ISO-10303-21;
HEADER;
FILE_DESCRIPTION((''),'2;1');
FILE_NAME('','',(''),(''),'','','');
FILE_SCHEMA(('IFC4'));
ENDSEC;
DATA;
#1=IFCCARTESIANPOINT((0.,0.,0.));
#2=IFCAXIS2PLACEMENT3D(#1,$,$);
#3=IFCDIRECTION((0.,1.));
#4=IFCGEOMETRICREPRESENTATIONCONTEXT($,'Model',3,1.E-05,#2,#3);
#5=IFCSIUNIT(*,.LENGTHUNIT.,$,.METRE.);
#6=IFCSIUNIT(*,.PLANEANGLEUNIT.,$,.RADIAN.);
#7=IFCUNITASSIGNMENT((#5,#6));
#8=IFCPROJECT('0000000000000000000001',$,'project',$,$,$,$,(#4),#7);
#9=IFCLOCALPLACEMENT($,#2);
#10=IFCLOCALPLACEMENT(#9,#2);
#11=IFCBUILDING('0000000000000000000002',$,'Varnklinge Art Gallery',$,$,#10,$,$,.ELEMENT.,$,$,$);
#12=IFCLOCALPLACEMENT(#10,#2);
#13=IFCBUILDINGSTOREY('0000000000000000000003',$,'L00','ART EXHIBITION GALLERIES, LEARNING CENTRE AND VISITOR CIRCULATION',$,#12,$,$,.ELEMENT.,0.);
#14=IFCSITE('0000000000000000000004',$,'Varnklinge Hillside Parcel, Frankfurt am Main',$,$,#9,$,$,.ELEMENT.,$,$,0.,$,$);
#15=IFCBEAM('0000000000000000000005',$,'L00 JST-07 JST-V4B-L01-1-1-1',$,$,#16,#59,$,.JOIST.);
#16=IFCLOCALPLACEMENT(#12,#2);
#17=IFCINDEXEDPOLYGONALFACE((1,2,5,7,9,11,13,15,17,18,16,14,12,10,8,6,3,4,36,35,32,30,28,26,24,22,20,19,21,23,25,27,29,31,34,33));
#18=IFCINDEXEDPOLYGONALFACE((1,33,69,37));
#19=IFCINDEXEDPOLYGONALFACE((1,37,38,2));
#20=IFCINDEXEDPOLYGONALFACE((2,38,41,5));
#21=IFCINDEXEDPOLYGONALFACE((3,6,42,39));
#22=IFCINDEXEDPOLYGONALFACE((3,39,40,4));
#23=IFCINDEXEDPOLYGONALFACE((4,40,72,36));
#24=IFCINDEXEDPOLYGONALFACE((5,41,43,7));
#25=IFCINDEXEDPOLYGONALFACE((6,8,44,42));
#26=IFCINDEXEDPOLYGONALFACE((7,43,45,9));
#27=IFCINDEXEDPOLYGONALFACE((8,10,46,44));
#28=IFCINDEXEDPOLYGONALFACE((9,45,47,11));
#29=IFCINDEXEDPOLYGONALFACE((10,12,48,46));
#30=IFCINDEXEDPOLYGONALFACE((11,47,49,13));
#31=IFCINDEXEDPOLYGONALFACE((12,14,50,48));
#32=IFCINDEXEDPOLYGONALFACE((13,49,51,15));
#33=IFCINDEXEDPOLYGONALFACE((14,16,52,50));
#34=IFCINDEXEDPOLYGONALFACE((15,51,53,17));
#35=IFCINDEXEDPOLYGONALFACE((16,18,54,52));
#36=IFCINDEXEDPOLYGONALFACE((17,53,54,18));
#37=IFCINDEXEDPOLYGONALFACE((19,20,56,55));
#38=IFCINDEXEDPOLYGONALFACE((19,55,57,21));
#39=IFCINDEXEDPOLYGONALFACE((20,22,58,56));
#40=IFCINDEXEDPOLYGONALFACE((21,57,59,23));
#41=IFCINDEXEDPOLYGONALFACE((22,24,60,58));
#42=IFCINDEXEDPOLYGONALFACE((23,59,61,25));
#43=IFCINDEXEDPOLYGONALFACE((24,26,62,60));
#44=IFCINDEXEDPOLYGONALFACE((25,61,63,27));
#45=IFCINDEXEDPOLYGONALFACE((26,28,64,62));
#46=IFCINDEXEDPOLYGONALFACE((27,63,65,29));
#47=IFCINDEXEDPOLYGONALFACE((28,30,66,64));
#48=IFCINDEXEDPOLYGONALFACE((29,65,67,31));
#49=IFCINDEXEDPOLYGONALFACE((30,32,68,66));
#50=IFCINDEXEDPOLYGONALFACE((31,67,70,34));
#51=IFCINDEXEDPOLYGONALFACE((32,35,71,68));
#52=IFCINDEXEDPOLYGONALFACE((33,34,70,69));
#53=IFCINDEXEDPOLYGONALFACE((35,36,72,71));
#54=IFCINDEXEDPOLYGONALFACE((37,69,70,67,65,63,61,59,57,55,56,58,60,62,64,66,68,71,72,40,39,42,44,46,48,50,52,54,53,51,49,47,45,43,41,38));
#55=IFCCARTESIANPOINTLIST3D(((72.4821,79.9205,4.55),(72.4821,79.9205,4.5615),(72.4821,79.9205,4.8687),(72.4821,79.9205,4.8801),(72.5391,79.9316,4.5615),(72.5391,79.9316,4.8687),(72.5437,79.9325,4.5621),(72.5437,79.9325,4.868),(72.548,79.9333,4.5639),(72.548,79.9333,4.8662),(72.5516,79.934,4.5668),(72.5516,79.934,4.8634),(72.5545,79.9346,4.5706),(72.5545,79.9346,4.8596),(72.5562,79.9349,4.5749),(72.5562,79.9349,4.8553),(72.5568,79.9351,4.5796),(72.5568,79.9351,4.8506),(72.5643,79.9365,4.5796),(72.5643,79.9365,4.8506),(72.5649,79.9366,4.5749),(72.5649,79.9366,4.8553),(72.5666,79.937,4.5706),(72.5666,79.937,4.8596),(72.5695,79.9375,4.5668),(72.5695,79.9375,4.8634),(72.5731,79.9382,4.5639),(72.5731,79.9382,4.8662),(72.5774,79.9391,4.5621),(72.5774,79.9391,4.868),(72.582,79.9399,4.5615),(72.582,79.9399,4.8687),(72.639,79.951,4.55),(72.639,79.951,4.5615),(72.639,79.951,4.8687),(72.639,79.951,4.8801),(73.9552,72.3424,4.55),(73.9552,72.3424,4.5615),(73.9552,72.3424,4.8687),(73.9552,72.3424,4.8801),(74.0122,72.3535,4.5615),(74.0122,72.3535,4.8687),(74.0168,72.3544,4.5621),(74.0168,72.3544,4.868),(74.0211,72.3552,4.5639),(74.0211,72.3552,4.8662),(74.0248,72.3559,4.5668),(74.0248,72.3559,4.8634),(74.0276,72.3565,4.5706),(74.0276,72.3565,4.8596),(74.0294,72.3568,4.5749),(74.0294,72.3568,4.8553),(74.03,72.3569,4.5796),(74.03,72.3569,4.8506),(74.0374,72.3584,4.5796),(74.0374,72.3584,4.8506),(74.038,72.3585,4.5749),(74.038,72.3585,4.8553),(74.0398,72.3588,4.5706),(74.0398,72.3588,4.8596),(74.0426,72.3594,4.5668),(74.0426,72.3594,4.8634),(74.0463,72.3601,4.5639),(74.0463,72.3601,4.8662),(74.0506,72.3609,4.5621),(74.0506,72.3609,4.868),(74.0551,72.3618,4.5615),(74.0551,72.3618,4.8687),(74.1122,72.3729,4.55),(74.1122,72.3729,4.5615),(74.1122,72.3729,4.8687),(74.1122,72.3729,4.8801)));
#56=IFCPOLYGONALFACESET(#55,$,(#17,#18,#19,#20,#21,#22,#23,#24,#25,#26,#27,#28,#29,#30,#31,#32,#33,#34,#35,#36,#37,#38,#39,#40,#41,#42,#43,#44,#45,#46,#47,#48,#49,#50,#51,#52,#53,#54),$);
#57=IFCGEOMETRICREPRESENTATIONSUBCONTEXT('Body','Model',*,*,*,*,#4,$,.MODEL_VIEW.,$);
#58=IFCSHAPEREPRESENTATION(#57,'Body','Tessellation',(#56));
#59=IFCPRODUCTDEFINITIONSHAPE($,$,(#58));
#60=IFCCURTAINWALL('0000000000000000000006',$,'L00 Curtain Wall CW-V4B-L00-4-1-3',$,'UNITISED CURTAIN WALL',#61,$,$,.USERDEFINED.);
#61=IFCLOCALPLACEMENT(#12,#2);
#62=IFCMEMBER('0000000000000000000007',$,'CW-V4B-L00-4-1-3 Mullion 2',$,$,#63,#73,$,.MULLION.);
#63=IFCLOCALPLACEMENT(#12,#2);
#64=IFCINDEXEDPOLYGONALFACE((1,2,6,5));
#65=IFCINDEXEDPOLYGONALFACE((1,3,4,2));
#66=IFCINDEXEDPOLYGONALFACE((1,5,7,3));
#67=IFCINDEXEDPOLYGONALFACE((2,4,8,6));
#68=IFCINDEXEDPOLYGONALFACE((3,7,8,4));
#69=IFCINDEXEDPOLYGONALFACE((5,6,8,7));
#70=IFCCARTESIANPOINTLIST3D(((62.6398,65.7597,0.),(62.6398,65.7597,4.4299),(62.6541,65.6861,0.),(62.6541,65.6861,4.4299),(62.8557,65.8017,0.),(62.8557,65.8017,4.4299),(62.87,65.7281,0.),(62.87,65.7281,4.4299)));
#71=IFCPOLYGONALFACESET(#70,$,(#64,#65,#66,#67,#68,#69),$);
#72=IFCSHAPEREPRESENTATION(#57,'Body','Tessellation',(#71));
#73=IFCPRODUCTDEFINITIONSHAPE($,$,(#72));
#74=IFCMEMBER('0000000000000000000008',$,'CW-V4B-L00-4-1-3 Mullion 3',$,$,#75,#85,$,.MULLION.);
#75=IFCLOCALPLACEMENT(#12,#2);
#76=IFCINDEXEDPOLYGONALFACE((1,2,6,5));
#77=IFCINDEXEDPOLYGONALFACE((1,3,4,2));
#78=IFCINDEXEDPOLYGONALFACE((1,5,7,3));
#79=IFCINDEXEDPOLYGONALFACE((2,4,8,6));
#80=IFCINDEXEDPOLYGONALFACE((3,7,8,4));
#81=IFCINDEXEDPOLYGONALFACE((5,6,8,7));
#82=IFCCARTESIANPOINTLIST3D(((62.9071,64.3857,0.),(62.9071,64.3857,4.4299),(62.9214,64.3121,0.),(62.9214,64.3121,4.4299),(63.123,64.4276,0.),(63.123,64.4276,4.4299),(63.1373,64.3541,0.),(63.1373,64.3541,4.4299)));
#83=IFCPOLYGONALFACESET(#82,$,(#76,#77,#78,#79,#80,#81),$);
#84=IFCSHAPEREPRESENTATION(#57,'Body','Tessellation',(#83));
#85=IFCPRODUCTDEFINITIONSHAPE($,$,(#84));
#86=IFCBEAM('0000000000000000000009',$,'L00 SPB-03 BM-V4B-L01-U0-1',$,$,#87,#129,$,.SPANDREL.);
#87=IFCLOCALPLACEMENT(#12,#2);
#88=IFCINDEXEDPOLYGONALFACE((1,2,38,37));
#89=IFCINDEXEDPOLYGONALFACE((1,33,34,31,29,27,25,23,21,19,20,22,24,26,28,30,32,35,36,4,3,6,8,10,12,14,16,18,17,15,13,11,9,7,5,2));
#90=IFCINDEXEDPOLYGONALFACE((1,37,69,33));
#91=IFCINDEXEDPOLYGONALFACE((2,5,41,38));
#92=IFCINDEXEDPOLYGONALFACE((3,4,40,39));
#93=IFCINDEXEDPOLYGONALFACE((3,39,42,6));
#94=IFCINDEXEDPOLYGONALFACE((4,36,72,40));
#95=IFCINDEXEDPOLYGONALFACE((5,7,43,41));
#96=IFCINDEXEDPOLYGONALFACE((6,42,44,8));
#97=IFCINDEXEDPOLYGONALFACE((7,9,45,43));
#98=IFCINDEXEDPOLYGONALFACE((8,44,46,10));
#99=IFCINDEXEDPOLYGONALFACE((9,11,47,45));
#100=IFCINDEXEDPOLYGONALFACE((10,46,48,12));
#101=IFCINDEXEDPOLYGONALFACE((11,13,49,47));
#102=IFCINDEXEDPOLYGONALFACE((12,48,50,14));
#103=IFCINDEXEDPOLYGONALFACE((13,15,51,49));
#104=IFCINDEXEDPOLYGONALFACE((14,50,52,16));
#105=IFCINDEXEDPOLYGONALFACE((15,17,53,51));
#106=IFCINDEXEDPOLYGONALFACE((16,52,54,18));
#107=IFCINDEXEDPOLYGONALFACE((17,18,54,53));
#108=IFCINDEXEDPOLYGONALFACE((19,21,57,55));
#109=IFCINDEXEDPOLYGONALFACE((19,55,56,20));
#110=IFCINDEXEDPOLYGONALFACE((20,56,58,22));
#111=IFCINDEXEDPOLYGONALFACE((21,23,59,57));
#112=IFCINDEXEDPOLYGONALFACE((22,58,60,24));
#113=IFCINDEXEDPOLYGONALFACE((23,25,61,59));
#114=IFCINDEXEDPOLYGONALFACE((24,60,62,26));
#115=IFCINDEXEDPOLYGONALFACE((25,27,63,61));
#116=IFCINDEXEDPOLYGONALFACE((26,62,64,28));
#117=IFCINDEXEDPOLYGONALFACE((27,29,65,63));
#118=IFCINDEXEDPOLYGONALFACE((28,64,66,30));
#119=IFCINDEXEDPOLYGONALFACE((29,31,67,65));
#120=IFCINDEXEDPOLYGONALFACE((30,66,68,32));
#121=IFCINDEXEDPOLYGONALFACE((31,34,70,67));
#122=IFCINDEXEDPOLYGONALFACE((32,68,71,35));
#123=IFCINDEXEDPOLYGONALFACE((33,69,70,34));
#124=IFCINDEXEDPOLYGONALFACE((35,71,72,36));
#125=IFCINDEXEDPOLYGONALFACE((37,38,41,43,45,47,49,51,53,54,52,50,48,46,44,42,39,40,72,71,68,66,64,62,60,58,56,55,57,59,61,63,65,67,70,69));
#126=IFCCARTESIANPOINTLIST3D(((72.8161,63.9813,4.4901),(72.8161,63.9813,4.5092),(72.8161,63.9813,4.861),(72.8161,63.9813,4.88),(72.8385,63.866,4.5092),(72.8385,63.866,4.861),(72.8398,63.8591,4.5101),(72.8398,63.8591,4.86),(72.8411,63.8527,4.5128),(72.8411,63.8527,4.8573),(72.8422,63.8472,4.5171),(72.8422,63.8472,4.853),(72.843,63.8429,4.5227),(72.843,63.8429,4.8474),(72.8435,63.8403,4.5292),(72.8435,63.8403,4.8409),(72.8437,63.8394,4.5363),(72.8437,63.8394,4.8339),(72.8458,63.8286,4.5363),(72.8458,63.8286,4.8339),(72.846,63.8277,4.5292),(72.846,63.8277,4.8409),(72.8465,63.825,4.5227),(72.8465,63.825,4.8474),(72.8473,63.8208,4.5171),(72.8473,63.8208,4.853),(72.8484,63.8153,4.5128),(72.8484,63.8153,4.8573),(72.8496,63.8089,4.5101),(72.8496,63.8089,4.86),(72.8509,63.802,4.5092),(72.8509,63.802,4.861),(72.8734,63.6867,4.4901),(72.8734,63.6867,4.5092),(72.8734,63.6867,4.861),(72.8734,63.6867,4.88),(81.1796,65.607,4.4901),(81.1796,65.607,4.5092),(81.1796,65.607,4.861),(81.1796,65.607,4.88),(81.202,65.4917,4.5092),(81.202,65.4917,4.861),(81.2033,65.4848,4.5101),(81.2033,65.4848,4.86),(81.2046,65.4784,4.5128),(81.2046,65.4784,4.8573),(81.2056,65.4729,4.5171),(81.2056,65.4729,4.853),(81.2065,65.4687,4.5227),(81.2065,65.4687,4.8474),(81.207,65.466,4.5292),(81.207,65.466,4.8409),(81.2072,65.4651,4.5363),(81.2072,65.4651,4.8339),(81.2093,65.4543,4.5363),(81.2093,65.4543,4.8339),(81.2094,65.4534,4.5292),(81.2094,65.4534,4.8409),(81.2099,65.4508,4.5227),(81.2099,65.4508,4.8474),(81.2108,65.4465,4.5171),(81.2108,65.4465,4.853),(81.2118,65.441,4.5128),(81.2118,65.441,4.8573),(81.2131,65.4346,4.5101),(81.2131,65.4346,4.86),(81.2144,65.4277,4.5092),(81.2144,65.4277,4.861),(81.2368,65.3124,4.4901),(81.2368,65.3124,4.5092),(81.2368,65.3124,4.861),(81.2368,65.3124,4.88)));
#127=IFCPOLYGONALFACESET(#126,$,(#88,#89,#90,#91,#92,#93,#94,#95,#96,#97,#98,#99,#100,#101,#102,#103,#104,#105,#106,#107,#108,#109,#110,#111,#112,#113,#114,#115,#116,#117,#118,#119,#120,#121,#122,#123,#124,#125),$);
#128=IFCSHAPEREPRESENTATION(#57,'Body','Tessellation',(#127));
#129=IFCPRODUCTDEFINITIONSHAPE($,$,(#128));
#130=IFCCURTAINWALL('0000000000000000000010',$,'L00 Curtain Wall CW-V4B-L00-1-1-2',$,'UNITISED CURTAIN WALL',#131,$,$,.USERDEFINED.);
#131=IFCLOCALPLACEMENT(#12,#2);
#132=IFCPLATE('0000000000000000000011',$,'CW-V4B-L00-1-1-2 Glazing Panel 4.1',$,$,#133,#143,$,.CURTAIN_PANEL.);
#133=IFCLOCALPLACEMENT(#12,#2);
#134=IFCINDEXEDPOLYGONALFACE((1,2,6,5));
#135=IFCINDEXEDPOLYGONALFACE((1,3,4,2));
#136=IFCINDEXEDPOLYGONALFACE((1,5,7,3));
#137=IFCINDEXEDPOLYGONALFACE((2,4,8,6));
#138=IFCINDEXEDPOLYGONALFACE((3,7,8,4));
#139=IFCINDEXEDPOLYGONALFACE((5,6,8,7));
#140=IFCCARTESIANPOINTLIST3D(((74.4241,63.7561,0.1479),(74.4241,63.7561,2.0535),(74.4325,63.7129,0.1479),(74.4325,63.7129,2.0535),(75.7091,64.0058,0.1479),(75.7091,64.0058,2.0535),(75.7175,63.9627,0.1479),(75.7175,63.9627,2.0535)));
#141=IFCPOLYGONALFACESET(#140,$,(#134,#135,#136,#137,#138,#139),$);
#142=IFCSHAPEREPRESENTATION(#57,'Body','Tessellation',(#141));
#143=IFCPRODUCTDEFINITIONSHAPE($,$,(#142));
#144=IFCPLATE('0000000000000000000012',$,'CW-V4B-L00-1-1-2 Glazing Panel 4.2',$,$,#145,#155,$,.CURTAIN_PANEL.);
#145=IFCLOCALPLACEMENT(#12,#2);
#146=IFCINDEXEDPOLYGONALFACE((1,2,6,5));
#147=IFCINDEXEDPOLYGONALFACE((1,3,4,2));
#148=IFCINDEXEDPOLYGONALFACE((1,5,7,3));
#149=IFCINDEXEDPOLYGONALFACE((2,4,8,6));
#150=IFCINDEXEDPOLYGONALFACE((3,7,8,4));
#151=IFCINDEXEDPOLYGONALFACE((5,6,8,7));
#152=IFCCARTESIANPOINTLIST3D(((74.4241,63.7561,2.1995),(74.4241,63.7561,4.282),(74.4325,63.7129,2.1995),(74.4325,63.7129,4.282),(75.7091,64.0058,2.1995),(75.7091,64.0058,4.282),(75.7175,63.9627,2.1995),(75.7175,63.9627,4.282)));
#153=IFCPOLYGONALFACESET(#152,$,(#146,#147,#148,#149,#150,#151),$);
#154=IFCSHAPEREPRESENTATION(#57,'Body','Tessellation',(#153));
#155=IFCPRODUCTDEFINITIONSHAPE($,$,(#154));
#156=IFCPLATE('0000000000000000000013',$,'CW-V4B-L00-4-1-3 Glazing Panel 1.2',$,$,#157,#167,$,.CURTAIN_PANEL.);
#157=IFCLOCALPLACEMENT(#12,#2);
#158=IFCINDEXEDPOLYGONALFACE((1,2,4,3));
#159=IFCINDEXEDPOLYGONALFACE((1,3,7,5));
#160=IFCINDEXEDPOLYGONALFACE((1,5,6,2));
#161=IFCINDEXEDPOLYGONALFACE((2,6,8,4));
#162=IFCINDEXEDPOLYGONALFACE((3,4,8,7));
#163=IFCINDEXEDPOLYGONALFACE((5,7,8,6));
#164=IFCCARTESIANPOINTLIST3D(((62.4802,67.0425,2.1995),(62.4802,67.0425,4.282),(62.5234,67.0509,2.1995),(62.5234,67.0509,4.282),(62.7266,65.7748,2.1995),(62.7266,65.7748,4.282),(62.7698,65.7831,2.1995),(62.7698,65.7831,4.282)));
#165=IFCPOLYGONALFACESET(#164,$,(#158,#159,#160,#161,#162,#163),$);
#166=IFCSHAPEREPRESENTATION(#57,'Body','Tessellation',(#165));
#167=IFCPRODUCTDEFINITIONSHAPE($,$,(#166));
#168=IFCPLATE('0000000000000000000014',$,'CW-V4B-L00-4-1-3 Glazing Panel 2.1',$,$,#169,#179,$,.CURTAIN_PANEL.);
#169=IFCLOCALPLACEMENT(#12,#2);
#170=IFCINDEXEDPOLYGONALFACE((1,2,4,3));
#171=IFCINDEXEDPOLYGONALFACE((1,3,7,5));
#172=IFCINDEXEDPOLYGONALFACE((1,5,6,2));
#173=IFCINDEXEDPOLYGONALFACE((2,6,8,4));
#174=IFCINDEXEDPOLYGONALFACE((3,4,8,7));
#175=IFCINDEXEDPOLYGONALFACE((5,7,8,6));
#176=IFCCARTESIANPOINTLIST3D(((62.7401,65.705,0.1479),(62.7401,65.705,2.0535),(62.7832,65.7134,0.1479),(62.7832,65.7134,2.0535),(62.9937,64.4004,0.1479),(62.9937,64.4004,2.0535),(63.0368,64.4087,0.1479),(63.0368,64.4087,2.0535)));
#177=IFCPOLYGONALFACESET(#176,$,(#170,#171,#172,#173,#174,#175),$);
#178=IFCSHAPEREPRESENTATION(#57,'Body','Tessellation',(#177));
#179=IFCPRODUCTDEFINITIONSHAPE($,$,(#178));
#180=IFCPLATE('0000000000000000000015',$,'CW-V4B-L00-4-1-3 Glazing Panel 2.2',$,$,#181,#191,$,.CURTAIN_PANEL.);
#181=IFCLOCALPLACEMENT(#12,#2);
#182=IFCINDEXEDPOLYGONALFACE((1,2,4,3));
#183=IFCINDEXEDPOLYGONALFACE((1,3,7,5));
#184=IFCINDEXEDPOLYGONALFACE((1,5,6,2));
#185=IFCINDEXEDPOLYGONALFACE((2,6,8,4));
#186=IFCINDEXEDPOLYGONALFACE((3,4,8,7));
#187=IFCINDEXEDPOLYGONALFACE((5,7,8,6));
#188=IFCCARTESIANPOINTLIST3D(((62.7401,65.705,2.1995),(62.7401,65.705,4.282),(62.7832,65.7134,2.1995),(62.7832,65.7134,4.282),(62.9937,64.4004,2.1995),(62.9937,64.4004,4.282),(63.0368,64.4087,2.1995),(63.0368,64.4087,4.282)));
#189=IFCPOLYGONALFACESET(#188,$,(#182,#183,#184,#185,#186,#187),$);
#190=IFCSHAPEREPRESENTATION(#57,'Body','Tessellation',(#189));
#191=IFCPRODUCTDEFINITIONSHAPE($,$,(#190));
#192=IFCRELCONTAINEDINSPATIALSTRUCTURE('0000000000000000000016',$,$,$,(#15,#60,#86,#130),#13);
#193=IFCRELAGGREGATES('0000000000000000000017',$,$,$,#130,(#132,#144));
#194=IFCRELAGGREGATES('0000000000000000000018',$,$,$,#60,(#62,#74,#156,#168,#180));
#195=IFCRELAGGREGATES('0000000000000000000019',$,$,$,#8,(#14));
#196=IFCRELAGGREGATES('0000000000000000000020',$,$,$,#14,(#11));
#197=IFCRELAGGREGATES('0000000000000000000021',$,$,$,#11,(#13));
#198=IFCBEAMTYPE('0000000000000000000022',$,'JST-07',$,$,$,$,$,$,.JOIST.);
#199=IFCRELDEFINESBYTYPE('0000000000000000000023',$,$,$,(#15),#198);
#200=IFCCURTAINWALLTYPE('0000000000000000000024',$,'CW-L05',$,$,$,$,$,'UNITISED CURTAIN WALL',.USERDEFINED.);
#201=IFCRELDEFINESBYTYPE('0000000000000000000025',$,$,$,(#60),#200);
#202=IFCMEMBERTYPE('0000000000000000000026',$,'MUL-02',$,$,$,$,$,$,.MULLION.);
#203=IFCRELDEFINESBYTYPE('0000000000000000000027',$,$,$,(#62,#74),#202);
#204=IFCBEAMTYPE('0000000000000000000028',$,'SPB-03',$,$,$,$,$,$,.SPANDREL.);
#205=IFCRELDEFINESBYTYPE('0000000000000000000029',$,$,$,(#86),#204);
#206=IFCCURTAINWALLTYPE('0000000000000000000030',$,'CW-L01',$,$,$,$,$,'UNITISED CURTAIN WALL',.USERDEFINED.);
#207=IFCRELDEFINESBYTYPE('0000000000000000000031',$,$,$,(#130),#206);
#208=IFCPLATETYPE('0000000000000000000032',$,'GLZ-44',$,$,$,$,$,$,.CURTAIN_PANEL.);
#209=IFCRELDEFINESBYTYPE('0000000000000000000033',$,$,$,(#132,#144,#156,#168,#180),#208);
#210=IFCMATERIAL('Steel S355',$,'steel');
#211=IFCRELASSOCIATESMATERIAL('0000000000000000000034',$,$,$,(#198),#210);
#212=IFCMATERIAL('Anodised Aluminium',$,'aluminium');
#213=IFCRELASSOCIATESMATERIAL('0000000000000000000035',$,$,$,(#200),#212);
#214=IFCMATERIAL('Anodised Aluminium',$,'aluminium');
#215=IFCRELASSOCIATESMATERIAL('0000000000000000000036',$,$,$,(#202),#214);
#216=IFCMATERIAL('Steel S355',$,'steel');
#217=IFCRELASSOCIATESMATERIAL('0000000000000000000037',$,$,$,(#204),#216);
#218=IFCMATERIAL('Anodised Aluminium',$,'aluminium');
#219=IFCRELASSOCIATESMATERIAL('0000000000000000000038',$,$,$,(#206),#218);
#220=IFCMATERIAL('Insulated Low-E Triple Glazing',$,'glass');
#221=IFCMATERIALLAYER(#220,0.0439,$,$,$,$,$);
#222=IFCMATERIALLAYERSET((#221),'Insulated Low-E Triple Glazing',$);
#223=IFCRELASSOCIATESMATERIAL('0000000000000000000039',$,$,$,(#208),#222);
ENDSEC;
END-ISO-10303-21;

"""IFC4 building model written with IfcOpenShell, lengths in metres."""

from ifc_helpers import new_model, si_unit, direction, frame, origin, origin_2d, place, context, subcontext, project, spatial, rectangle, i_section, extrude, material, layer, layer_set, material_profile, profile_set, type_object, element, aggregate, save


model = new_model("IFC4")

# Units and contexts
model_context = context("Model", 3, precision=1e-05, world=origin(), true_north=direction((0.0, 1.0)))
body_context = subcontext(model_context, "Body", "Model", "MODEL_VIEW")
ifc_project = project(units=[si_unit("LENGTHUNIT", "METRE"), si_unit("PLANEANGLEUNIT", "RADIAN")], contexts=[model_context])

# Site, building, storey
site_placement = place(None, origin())
site = spatial("IfcSite", under=ifc_project, at=site_placement, Name="Varnklinge Hillside Parcel, Frankfurt am Main", CompositionType="ELEMENT", RefElevation=0.0)
building_placement = place(site_placement, origin())
building = spatial("IfcBuilding", under=site, at=building_placement, Name="Varnklinge Art Gallery", CompositionType="ELEMENT")
storey_placement = place(building_placement, origin())
storey = spatial("IfcBuildingStorey", under=building, at=storey_placement, Name="L00", Description="ART EXHIBITION GALLERIES, LEARNING CENTRE AND VISITOR CIRCULATION", CompositionType="ELEMENT", Elevation=0.0)

# Beam
ifc_material_1 = material(Name="Steel S355", Category="steel")
ifc_material_profile_1 = material_profile(ifc_material_1, i_section(OverallWidth=0.1599, OverallDepth=0.3301, WebThickness=0.0076, FlangeThickness=0.0115, FilletRadius=0.0181, at=origin_2d()), Name="IPE 330")
ifc_profile_set_1 = profile_set([ifc_material_profile_1], Name="Steel S355")
beam_type_1 = type_object("IfcBeamType", Name="JST-07", PredefinedType="JOIST", material=ifc_profile_set_1)
beam_1_placement = place(storey_placement, frame((74.0337, 72.3577, 4.7151), z_axis=(-0.190822, 0.981625, 0.0), x_axis=(-0.981625, -0.190822, 0.0)))
element("IfcBeam", 1, at=beam_1_placement, inside=storey, type_object=beam_type_1, Name="L00 JST-07 JST-V4B-L01-1-1-1", PredefinedType="JOIST", context=body_context, shape_type="SweptSolid", body=[
    extrude(i_section(OverallWidth=0.1599, OverallDepth=0.3301, WebThickness=0.0076, FlangeThickness=0.0115, FilletRadius=0.0181, at=origin_2d()), origin(), (0.0, 0.0, 1.0), 7.72),
])

# Curtain wall, members
ifc_material_2 = material(Name="Anodised Aluminium", Category="aluminium")
curtain_wall_type_1 = type_object("IfcCurtainWallType", Name="CW-L05", ElementType="UNITISED CURTAIN WALL", PredefinedType="USERDEFINED", material=ifc_material_2)
curtain_wall_1_placement = place(storey_placement, origin())
curtain_wall_1 = element("IfcCurtainWall", 2, at=curtain_wall_1_placement, inside=storey, type_object=curtain_wall_type_1, Name="L00 Curtain Wall CW-V4B-L00-4-1-3", ObjectType="UNITISED CURTAIN WALL", PredefinedType="USERDEFINED")
ifc_material_3 = material(Name="Anodised Aluminium", Category="aluminium")
ifc_material_profile_2 = material_profile(ifc_material_3, rectangle(XDim=0.075, YDim=0.22, at=origin_2d()), Name="ALU 75x220")
ifc_profile_set_2 = profile_set([ifc_material_profile_2], Name="Anodised Aluminium")
member_type = type_object("IfcMemberType", Name="MUL-02", PredefinedType="MULLION", material=ifc_profile_set_2)
member_1_placement = place(storey_placement, frame((62.7549, 65.7439, 0.0), z_axis=(0.0, 0.0, 1.0), x_axis=(0.190809, -0.981627, 0.0)))
member_1 = element("IfcMember", 3, at=member_1_placement, type_object=member_type, Name="CW-V4B-L00-4-1-3 Mullion 2", PredefinedType="MULLION", context=body_context, shape_type="SweptSolid", body=[
    extrude(rectangle(XDim=0.075, YDim=0.22, at=origin_2d()), origin(), (0.0, 0.0, 1.0), 4.4299),
])
member_2_placement = place(storey_placement, frame((63.0222, 64.3699, 0.0), z_axis=(0.0, 0.0, 1.0), x_axis=(0.190809, -0.981627, 0.0)))
member_2 = element("IfcMember", 4, at=member_2_placement, type_object=member_type, Name="CW-V4B-L00-4-1-3 Mullion 3", PredefinedType="MULLION", context=body_context, shape_type="SweptSolid", body=[
    extrude(rectangle(XDim=0.075, YDim=0.22, at=origin_2d()), origin(), (0.0, 0.0, 1.0), 4.4299),
])

# Beam
ifc_material_4 = material(Name="Steel S355", Category="steel")
ifc_material_profile_3 = material_profile(ifc_material_4, i_section(OverallWidth=0.3, OverallDepth=0.3899, WebThickness=0.011, FlangeThickness=0.019, FilletRadius=0.0271, at=origin_2d()), Name="HEA 400")
ifc_profile_set_3 = profile_set([ifc_material_profile_3], Name="Steel S355")
beam_type_2 = type_object("IfcBeamType", Name="SPB-03", PredefinedType="SPANDREL", material=ifc_profile_set_3)
beam_2_placement = place(storey_placement, frame((72.8447, 63.834, 4.6851), z_axis=(0.981627, 0.190812, 0.0), x_axis=(-0.190812, 0.981627, 0.0)))
element("IfcBeam", 5, at=beam_2_placement, inside=storey, type_object=beam_type_2, Name="L00 SPB-03 BM-V4B-L01-U0-1", PredefinedType="SPANDREL", context=body_context, shape_type="SweptSolid", body=[
    extrude(i_section(OverallWidth=0.3, OverallDepth=0.3899, WebThickness=0.011, FlangeThickness=0.019, FilletRadius=0.0271, at=origin_2d()), origin(), (0.0, 0.0, 1.0), 8.52),
])

# Curtain wall, plates
ifc_material_5 = material(Name="Anodised Aluminium", Category="aluminium")
curtain_wall_type_2 = type_object("IfcCurtainWallType", Name="CW-L01", ElementType="UNITISED CURTAIN WALL", PredefinedType="USERDEFINED", material=ifc_material_5)
curtain_wall_2_placement = place(storey_placement, origin())
curtain_wall_2 = element("IfcCurtainWall", 6, at=curtain_wall_2_placement, inside=storey, type_object=curtain_wall_type_2, Name="L00 Curtain Wall CW-V4B-L00-1-1-2", ObjectType="UNITISED CURTAIN WALL", PredefinedType="USERDEFINED")
ifc_material_6 = material(Name="Insulated Low-E Triple Glazing", Category="glass")
ifc_layer_1 = layer(ifc_material_6, 0.0439)
ifc_layer_set_1 = layer_set([ifc_layer_1], Name="Insulated Low-E Triple Glazing")
plate_type = type_object("IfcPlateType", Name="GLZ-44", PredefinedType="CURTAIN_PANEL", material=ifc_layer_set_1)
plate_1_placement = place(storey_placement, frame((75.0708, 63.8594, 0.1479), z_axis=(0.0, 0.0, 1.0), x_axis=(0.981627, 0.190809, 0.0)))
plate_1 = element("IfcPlate", 7, at=plate_1_placement, type_object=plate_type, Name="CW-V4B-L00-1-1-2 Glazing Panel 4.1", PredefinedType="CURTAIN_PANEL", context=body_context, shape_type="SweptSolid", body=[
    extrude(rectangle(XDim=1.3091, YDim=0.0439, at=origin_2d()), origin(), (0.0, 0.0, 1.0), 1.9055),
])
plate_2_placement = place(storey_placement, frame((75.0708, 63.8594, 2.1995), z_axis=(0.0, 0.0, 1.0), x_axis=(0.981627, 0.190809, 0.0)))
plate_2 = element("IfcPlate", 8, at=plate_2_placement, type_object=plate_type, Name="CW-V4B-L00-1-1-2 Glazing Panel 4.2", PredefinedType="CURTAIN_PANEL", context=body_context, shape_type="SweptSolid", body=[
    extrude(rectangle(XDim=1.3091, YDim=0.0439, at=origin_2d()), origin(), (0.0, 0.0, 1.0), 2.0825),
])
aggregate(curtain_wall_2, [plate_1, plate_2])

# Plates
plate_3_placement = place(storey_placement, frame((62.625, 66.4128, 2.1995), z_axis=(0.0, 0.0, 1.0), x_axis=(0.190809, -0.981627, 0.0)))
plate_3 = element("IfcPlate", 9, at=plate_3_placement, type_object=plate_type, Name="CW-V4B-L00-4-1-3 Glazing Panel 1.2", PredefinedType="CURTAIN_PANEL", context=body_context, shape_type="SweptSolid", body=[
    extrude(rectangle(XDim=1.2915, YDim=0.0439, at=origin_2d()), origin(), (0.0, 0.0, 1.0), 2.0825),
])
plate_4_placement = place(storey_placement, frame((62.8884, 65.0569, 0.1479), z_axis=(0.0, 0.0, 1.0), x_axis=(0.190809, -0.981627, 0.0)))
plate_4 = element("IfcPlate", 10, at=plate_4_placement, type_object=plate_type, Name="CW-V4B-L00-4-1-3 Glazing Panel 2.1", PredefinedType="CURTAIN_PANEL", context=body_context, shape_type="SweptSolid", body=[
    extrude(rectangle(XDim=1.3291, YDim=0.0439, at=origin_2d()), origin(), (0.0, 0.0, 1.0), 1.9055),
])
plate_5_placement = place(storey_placement, frame((62.8884, 65.0569, 2.1995), z_axis=(0.0, 0.0, 1.0), x_axis=(0.190809, -0.981627, 0.0)))
plate_5 = element("IfcPlate", 11, at=plate_5_placement, type_object=plate_type, Name="CW-V4B-L00-4-1-3 Glazing Panel 2.2", PredefinedType="CURTAIN_PANEL", context=body_context, shape_type="SweptSolid", body=[
    extrude(rectangle(XDim=1.3291, YDim=0.0439, at=origin_2d()), origin(), (0.0, 0.0, 1.0), 2.0825),
])
aggregate(curtain_wall_1, [member_1, member_2, plate_3, plate_4, plate_5])

save(model, "model.ifc")
